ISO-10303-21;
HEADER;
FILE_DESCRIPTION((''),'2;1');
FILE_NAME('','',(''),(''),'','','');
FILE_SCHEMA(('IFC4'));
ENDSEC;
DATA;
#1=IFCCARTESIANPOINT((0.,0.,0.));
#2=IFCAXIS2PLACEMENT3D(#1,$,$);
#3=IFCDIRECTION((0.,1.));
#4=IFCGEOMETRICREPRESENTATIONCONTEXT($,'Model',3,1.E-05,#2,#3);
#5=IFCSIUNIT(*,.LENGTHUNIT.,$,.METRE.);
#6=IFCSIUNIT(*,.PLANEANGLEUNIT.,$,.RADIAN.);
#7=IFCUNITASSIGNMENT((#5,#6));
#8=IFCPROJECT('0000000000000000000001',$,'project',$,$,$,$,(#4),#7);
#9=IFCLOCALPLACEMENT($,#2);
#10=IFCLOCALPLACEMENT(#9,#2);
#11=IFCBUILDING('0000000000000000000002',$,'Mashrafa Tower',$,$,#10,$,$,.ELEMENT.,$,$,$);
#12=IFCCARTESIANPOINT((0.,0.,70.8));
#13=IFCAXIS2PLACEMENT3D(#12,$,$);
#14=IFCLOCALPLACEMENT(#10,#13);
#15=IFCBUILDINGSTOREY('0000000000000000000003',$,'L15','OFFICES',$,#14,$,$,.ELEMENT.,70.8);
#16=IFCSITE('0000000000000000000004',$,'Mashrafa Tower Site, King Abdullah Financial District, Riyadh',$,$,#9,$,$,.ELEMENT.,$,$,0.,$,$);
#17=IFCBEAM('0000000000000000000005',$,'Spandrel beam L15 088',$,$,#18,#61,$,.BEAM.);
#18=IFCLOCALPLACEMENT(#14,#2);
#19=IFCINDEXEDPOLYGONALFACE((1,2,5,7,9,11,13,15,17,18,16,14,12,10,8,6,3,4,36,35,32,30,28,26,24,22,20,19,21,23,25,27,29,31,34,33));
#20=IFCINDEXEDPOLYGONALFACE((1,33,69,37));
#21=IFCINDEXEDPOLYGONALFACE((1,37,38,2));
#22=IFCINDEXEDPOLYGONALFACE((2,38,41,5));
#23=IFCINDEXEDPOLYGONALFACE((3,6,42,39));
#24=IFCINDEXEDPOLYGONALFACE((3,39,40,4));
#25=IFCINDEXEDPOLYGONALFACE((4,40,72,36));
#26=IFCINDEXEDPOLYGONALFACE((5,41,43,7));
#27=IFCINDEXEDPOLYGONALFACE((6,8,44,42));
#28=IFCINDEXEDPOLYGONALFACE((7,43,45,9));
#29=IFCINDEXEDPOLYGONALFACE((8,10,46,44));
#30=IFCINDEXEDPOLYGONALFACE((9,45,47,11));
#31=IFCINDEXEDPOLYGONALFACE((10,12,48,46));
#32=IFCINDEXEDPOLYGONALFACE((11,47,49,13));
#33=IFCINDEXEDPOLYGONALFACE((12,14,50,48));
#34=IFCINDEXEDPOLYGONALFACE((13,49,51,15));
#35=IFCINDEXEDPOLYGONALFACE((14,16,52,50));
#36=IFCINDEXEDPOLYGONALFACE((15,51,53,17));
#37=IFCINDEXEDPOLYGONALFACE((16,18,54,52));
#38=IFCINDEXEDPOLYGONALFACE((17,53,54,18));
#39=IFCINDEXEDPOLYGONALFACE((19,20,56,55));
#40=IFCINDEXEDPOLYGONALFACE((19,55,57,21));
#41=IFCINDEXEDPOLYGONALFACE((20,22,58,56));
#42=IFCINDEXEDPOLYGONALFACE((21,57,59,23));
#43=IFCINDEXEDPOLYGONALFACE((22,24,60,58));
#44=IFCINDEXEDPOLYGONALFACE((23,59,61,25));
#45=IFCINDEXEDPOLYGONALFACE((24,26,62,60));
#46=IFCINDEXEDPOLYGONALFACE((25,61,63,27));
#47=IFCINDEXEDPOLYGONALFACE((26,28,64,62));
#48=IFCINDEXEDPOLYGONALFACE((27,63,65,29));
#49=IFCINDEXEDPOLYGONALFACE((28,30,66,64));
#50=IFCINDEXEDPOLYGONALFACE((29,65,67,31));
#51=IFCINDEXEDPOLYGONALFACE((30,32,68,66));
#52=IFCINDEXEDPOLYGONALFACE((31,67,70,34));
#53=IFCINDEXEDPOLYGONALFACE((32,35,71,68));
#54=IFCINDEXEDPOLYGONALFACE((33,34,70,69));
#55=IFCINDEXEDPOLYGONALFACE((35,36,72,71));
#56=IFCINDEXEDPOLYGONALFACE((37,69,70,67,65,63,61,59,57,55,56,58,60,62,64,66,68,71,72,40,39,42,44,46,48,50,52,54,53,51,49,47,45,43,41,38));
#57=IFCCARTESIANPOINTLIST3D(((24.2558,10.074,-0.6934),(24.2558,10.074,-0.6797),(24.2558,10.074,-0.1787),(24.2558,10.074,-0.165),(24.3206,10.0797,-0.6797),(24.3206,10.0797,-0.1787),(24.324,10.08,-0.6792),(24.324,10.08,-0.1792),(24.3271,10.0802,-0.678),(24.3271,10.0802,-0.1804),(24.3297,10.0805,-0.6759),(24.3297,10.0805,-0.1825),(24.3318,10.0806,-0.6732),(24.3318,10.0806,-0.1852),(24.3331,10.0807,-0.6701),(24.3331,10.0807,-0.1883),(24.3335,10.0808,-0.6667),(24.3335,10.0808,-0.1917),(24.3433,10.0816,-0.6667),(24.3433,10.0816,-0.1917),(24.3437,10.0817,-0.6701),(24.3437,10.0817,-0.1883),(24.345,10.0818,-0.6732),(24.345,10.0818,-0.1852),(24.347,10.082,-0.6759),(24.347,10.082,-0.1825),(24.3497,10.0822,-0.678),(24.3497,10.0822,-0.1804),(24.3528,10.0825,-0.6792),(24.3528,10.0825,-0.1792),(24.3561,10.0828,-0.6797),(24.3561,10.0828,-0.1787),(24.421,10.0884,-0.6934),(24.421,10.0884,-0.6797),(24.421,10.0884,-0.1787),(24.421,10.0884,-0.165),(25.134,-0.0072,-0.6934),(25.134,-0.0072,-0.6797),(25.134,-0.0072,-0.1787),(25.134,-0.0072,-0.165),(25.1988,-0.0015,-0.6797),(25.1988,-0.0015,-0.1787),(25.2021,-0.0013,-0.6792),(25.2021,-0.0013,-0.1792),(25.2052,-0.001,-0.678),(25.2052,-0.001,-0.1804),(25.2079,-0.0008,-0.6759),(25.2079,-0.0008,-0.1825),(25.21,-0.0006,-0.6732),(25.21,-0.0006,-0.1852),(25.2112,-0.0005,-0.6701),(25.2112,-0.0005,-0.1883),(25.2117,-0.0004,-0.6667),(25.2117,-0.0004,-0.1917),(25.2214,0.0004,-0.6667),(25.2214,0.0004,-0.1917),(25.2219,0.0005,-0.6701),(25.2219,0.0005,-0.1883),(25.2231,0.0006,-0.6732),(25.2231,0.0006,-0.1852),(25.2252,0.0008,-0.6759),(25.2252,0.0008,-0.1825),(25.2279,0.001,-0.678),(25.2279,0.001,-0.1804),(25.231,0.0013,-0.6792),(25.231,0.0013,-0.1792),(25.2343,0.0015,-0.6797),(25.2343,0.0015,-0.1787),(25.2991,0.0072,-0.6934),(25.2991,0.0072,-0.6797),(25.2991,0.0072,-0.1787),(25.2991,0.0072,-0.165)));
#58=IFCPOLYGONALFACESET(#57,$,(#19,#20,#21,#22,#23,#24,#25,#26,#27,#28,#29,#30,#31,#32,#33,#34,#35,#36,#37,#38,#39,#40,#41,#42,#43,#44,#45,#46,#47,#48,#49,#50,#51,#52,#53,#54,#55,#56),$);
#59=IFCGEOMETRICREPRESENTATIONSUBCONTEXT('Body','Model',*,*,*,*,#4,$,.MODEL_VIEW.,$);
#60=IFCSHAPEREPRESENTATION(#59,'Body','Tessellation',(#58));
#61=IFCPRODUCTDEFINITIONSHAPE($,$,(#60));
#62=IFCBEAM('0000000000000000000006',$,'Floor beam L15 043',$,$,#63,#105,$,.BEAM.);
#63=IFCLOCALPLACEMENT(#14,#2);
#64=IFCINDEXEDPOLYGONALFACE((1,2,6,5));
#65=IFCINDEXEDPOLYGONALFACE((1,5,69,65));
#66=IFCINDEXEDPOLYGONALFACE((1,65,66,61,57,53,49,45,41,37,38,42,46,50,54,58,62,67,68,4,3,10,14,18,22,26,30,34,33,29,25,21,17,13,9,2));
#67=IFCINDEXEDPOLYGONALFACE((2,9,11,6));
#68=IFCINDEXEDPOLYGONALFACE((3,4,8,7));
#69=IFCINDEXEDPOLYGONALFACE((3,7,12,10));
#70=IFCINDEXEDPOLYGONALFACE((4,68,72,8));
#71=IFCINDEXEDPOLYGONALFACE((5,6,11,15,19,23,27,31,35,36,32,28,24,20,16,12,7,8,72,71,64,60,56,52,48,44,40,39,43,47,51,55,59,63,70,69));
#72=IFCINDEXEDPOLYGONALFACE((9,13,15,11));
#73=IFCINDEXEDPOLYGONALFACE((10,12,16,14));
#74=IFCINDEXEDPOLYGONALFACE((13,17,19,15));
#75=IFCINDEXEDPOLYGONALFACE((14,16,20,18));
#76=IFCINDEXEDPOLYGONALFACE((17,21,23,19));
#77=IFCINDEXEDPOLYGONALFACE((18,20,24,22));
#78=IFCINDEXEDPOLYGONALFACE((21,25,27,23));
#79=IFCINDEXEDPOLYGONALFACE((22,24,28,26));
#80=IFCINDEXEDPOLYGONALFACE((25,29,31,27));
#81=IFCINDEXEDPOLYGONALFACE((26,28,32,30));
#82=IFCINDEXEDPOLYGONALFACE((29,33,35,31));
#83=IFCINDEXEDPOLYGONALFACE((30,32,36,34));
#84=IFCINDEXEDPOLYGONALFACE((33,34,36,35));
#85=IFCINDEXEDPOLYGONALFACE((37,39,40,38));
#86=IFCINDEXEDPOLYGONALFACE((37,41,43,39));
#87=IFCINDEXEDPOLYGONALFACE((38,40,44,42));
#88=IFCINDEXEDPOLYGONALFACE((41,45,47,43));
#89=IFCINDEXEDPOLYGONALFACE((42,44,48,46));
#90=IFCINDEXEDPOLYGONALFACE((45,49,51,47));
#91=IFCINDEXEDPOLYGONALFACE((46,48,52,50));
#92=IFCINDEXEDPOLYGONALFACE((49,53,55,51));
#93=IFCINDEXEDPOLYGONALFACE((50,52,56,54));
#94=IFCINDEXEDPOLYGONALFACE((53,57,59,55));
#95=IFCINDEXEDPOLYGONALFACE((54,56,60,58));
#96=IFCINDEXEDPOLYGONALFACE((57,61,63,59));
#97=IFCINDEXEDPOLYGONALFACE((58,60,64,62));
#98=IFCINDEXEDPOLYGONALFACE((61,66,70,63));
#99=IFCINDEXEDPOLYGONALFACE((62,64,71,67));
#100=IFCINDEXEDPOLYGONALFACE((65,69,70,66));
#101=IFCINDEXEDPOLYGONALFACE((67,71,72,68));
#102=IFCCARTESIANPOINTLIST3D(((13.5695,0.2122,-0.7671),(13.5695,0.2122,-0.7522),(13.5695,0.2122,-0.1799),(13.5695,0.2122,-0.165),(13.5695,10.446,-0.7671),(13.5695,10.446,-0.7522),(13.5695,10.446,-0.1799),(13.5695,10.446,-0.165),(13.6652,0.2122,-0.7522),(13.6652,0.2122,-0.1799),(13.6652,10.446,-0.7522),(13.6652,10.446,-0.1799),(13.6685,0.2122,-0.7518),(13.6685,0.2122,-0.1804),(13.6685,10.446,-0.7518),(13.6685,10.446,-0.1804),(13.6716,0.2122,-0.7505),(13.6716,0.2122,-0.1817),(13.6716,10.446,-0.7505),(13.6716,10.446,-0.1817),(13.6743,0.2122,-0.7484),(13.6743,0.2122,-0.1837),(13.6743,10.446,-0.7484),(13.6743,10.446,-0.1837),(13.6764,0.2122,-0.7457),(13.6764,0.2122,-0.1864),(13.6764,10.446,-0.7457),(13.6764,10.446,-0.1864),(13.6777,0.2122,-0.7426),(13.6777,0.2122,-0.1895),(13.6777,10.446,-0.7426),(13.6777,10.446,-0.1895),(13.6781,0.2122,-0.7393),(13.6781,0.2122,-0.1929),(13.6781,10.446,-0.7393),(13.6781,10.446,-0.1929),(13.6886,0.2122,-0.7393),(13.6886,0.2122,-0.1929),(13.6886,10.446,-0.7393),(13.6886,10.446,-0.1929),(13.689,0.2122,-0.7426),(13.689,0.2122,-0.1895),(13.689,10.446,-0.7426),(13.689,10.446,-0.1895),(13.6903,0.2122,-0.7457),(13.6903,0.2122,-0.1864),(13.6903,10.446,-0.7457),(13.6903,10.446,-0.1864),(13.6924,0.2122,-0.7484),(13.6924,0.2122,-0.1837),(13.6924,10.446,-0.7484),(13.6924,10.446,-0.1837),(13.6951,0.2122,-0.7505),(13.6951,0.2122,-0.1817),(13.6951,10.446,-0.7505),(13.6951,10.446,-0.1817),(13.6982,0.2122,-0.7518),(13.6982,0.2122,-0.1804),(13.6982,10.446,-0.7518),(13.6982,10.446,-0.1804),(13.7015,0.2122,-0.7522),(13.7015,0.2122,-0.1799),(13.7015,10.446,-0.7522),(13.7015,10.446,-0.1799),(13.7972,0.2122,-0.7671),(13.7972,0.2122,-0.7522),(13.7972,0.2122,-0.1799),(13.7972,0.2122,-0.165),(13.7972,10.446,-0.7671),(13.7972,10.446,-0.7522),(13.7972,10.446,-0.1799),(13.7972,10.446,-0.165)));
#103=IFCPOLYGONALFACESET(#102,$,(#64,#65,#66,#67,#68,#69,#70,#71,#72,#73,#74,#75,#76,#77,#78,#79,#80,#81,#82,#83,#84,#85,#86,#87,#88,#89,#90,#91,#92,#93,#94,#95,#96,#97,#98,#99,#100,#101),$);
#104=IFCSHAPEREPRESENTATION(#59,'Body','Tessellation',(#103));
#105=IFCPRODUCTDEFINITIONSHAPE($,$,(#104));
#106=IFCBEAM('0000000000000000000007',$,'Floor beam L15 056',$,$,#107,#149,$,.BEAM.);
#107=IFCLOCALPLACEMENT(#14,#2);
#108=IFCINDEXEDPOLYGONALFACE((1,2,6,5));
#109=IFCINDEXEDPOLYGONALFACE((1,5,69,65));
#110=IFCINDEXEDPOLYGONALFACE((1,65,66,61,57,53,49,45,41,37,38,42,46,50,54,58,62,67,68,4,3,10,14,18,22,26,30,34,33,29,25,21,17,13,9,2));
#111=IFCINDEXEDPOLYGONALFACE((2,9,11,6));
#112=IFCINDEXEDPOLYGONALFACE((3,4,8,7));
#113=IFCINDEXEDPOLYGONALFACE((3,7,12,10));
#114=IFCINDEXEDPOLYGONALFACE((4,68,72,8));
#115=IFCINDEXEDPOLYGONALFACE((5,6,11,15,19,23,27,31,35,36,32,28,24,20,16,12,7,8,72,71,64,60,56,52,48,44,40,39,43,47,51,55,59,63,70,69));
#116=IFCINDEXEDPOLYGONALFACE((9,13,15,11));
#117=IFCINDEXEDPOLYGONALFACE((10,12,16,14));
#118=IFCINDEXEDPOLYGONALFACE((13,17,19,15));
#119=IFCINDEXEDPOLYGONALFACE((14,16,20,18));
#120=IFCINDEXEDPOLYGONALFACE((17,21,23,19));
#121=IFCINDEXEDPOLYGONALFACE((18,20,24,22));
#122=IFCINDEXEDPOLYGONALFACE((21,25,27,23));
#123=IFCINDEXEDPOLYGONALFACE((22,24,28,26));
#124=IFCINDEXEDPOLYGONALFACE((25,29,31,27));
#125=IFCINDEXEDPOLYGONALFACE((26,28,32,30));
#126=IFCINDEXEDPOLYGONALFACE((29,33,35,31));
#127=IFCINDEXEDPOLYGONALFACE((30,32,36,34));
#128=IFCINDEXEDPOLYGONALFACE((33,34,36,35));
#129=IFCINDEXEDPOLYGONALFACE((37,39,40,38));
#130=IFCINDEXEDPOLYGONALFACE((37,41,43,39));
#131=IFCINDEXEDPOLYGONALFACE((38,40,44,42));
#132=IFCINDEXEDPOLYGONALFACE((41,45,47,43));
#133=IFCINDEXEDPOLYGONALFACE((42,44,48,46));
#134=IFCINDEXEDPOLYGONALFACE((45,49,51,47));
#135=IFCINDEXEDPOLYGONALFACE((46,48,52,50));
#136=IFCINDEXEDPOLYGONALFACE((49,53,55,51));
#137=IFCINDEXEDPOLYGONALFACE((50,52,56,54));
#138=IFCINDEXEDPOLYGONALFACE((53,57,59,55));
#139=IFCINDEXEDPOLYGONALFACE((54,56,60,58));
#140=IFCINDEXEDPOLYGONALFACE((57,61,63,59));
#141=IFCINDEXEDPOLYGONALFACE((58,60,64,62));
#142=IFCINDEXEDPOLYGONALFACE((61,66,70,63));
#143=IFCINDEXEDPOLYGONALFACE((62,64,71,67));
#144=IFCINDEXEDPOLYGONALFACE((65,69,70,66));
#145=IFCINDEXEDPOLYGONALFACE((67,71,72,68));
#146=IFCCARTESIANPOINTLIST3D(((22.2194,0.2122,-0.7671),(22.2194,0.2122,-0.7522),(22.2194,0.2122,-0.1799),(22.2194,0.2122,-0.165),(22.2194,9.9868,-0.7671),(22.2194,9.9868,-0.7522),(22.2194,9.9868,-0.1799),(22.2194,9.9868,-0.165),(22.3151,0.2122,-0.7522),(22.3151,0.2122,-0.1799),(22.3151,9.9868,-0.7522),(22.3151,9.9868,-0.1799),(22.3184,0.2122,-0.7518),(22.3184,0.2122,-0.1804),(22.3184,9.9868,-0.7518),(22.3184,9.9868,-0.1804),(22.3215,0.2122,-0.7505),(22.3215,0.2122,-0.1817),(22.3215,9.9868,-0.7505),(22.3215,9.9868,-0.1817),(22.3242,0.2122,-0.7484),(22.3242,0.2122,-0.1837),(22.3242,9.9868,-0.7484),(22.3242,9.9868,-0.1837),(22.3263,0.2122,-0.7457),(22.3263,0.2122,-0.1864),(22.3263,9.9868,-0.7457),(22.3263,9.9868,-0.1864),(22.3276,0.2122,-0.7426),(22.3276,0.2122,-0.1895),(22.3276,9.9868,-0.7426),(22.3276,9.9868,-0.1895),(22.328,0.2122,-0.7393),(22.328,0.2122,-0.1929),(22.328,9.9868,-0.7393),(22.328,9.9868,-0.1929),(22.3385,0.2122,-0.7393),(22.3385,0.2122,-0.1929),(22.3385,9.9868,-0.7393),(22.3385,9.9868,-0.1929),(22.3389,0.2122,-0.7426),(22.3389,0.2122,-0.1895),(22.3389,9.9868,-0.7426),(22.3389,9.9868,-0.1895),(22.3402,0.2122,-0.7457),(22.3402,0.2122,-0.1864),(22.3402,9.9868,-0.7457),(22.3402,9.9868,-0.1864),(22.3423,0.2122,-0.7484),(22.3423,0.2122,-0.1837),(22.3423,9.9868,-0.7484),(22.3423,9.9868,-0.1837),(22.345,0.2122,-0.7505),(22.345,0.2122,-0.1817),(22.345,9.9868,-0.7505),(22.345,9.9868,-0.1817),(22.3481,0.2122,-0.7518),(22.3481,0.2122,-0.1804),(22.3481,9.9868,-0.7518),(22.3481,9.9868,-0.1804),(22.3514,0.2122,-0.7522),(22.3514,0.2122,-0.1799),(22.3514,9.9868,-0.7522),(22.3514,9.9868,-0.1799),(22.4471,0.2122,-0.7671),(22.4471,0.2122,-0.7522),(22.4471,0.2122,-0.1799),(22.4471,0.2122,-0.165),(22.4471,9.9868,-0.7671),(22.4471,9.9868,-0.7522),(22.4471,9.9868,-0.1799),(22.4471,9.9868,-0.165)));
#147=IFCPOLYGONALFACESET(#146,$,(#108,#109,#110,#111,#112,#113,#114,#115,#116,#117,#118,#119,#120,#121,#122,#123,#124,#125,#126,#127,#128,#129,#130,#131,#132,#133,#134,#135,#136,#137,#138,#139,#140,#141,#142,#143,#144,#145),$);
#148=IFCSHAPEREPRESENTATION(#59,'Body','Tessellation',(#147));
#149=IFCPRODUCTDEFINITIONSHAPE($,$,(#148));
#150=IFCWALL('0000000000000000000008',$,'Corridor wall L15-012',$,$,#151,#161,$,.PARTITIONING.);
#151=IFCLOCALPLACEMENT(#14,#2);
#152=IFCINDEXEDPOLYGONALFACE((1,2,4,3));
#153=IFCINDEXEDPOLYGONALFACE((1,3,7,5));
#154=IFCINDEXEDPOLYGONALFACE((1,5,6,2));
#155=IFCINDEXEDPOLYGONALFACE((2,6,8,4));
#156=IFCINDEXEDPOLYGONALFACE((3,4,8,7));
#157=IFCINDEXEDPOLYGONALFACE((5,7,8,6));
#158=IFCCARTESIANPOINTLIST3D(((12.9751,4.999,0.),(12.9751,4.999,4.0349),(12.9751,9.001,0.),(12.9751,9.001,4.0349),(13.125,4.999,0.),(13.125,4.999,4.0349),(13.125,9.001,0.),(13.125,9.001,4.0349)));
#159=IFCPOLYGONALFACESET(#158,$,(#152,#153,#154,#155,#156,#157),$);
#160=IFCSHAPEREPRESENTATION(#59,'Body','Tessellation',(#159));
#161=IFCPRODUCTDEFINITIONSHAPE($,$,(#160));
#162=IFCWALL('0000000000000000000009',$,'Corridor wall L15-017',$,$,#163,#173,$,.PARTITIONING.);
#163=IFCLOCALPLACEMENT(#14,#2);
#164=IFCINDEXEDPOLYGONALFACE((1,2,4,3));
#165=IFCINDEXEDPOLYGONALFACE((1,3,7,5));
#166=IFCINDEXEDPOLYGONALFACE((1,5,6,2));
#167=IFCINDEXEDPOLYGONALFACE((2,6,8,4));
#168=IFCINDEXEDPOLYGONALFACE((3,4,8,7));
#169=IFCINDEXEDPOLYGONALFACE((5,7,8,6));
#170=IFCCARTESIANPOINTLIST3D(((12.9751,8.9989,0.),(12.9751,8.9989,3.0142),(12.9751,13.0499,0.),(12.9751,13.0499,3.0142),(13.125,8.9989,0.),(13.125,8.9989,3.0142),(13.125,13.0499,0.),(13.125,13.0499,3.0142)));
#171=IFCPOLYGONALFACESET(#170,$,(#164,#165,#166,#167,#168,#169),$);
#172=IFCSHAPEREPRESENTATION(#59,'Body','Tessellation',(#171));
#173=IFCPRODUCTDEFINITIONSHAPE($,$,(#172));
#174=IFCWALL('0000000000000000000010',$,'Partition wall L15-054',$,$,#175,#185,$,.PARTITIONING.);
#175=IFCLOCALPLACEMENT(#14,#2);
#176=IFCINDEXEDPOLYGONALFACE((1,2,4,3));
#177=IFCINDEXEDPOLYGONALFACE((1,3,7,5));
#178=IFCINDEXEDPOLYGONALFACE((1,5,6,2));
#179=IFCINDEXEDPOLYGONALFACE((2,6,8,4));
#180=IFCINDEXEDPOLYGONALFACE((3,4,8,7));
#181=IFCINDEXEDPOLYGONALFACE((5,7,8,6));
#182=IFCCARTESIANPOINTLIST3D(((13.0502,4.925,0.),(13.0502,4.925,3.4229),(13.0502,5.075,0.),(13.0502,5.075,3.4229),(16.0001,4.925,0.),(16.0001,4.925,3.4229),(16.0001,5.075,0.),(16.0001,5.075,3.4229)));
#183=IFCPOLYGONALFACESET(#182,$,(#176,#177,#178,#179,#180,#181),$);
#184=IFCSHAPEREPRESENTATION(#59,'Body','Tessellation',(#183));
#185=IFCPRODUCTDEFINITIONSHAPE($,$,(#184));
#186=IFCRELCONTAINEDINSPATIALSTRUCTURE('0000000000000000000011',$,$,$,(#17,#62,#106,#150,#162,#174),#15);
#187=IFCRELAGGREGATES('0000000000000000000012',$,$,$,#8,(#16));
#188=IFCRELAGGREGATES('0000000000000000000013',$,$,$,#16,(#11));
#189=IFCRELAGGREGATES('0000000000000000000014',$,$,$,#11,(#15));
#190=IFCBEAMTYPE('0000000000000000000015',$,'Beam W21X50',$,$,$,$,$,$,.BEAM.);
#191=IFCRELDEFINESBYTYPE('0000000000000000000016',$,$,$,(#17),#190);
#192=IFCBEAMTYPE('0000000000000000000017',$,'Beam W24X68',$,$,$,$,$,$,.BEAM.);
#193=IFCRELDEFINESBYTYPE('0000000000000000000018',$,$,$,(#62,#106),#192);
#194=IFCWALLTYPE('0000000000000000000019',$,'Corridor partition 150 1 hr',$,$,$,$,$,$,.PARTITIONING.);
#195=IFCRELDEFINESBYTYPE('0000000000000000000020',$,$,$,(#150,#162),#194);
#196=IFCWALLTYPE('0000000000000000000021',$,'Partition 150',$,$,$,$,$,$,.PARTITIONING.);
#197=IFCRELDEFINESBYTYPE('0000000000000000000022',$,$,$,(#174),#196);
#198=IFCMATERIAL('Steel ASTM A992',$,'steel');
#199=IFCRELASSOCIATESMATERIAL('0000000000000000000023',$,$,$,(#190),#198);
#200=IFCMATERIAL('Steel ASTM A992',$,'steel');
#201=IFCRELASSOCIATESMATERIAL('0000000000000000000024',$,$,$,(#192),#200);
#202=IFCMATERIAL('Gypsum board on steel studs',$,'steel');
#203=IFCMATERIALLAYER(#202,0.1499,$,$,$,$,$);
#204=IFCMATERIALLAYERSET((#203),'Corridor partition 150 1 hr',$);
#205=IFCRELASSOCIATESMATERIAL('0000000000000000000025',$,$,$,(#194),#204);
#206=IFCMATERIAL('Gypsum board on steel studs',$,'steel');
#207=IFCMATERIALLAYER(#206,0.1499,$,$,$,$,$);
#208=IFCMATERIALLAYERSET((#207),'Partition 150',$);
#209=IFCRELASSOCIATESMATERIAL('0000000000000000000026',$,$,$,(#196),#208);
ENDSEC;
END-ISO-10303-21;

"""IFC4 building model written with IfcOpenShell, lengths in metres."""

from ifc_helpers import new_model, si_unit, direction, frame, frame_2d, origin, origin_2d, place, context, subcontext, project, spatial, rectangle, i_section, extrude, material, layer, layer_set, material_profile, profile_set, type_object, element, save


model = new_model("IFC4")

# Units and contexts
model_context = context("Model", 3, precision=1e-05, world=origin(), true_north=direction((0.0, 1.0)))
body_context = subcontext(model_context, "Body", "Model", "MODEL_VIEW")
ifc_project = project(units=[si_unit("LENGTHUNIT", "METRE"), si_unit("PLANEANGLEUNIT", "RADIAN")], contexts=[model_context])

# Site, building, storey
site_placement = place(None, origin())
site = spatial("IfcSite", under=ifc_project, at=site_placement, Name="Mashrafa Tower Site, King Abdullah Financial District, Riyadh", CompositionType="ELEMENT", RefElevation=0.0)
building_placement = place(site_placement, origin())
building = spatial("IfcBuilding", under=site, at=building_placement, Name="Mashrafa Tower", CompositionType="ELEMENT")
storey_placement = place(building_placement, frame((0.0, 0.0, 70.8)))
storey = spatial("IfcBuildingStorey", under=building, at=storey_placement, Name="L15", Description="OFFICES", CompositionType="ELEMENT", Elevation=70.8)

# Beams
ifc_material_1 = material(Name="Steel ASTM A992", Category="steel")
ifc_material_profile_1 = material_profile(ifc_material_1, i_section(OverallWidth=0.1658, OverallDepth=0.5283, WebThickness=0.0098, FlangeThickness=0.0137, FilletRadius=0.0129, at=origin_2d()), Name="W21X50")
ifc_profile_set_1 = profile_set([ifc_material_profile_1], Name="Steel ASTM A992")
beam_type_1 = type_object("IfcBeamType", Name="Beam W21X50", PredefinedType="BEAM", material=ifc_profile_set_1)
for number, where, z_axis, x_axis, name in (
    (1, (25.2166, 0.0, -0.4292), (-0.086781, 0.996227, 0.0), (-0.996227, -0.086781, 0.0), "Spandrel beam L15 088"),
):
    element("IfcBeam", number, at=place(storey_placement, frame(where, z_axis=z_axis, x_axis=x_axis)), inside=storey, type_object=beam_type_1, Name=name, PredefinedType="BEAM", context=body_context, shape_type="SweptSolid", body=[
        extrude(i_section(OverallWidth=0.1658, OverallDepth=0.5283, WebThickness=0.0098, FlangeThickness=0.0137, FilletRadius=0.0129, at=origin_2d()), origin(), (0.0, 0.0, 1.0), 10.1194),
    ])
ifc_material_2 = material(Name="Steel ASTM A992", Category="steel")
ifc_material_profile_2 = material_profile(ifc_material_2, i_section(OverallWidth=0.2278, OverallDepth=0.6021, WebThickness=0.0105, FlangeThickness=0.0149, FilletRadius=0.0129, at=origin_2d()), Name="W24X68")
ifc_profile_set_2 = profile_set([ifc_material_profile_2], Name="Steel ASTM A992")
beam_type_2 = type_object("IfcBeamType", Name="Beam W24X68", PredefinedType="BEAM", material=ifc_profile_set_2)
beam_1_placement = place(storey_placement, frame((13.6833, 10.446, -0.4661), z_axis=(0.0, -1.0, 0.0), x_axis=(1.0, 0.0, 0.0)))
element("IfcBeam", 2, at=beam_1_placement, inside=storey, type_object=beam_type_2, Name="Floor beam L15 043", PredefinedType="BEAM", context=body_context, shape_type="SweptSolid", body=[
    extrude(i_section(OverallWidth=0.2278, OverallDepth=0.6021, WebThickness=0.0105, FlangeThickness=0.0149, FilletRadius=0.0129, at=origin_2d()), origin(), (0.0, 0.0, 1.0), 10.2339),
])
beam_2_placement = place(storey_placement, frame((22.3333, 9.9868, -0.4661), z_axis=(0.0, -1.0, 0.0), x_axis=(1.0, 0.0, 0.0)))
element("IfcBeam", 3, at=beam_2_placement, inside=storey, type_object=beam_type_2, Name="Floor beam L15 056", PredefinedType="BEAM", context=body_context, shape_type="SweptSolid", body=[
    extrude(i_section(OverallWidth=0.2278, OverallDepth=0.6021, WebThickness=0.0105, FlangeThickness=0.0149, FilletRadius=0.0129, at=origin_2d()), origin(), (0.0, 0.0, 1.0), 9.7747),
])

# Walls
ifc_material_3 = material(Name="Gypsum board on steel studs", Category="steel")
ifc_layer_1 = layer(ifc_material_3, 0.1499)
ifc_layer_set_1 = layer_set([ifc_layer_1], Name="Corridor partition 150 1 hr")
wall_type_1 = type_object("IfcWallType", Name="Corridor partition 150 1 hr", PredefinedType="PARTITIONING", material=ifc_layer_set_1)
wall_1_placement = place(storey_placement, frame((13.05, 4.999, 0.0), z_axis=(0.0, 0.0, 1.0), x_axis=(0.0, 1.0, 0.0)))
element("IfcWall", 4, at=wall_1_placement, inside=storey, type_object=wall_type_1, Name="Corridor wall L15-012", PredefinedType="PARTITIONING", context=body_context, shape_type="SweptSolid", body=[
    extrude(rectangle(XDim=4.002, YDim=0.1499, at=frame_2d((2.001, 0.0))), origin(), (0.0, 0.0, 1.0), 4.0349),
])
wall_2_placement = place(storey_placement, frame((13.05, 8.999, 0.0), z_axis=(0.0, 0.0, 1.0), x_axis=(0.0, 1.0, 0.0)))
element("IfcWall", 5, at=wall_2_placement, inside=storey, type_object=wall_type_1, Name="Corridor wall L15-017", PredefinedType="PARTITIONING", context=body_context, shape_type="SweptSolid", body=[
    extrude(rectangle(XDim=4.051, YDim=0.1499, at=frame_2d((2.0254, 0.0))), origin(), (0.0, 0.0, 1.0), 3.0142),
])
ifc_material_4 = material(Name="Gypsum board on steel studs", Category="steel")
ifc_layer_2 = layer(ifc_material_4, 0.1499)
ifc_layer_set_2 = layer_set([ifc_layer_2], Name="Partition 150")
wall_type_2 = type_object("IfcWallType", Name="Partition 150", PredefinedType="PARTITIONING", material=ifc_layer_set_2)
wall_3_placement = place(storey_placement, frame((13.05, 5.0, 0.0), z_axis=(0.0, 0.0, 1.0), x_axis=(1.0, 0.0, 0.0)))
element("IfcWall", 6, at=wall_3_placement, inside=storey, type_object=wall_type_2, Name="Partition wall L15-054", PredefinedType="PARTITIONING", context=body_context, shape_type="SweptSolid", body=[
    extrude(rectangle(XDim=2.95, YDim=0.1499, at=frame_2d((1.4751, 0.0))), origin(), (0.0, 0.0, 1.0), 3.4229),
])

save(model, "model.ifc")
